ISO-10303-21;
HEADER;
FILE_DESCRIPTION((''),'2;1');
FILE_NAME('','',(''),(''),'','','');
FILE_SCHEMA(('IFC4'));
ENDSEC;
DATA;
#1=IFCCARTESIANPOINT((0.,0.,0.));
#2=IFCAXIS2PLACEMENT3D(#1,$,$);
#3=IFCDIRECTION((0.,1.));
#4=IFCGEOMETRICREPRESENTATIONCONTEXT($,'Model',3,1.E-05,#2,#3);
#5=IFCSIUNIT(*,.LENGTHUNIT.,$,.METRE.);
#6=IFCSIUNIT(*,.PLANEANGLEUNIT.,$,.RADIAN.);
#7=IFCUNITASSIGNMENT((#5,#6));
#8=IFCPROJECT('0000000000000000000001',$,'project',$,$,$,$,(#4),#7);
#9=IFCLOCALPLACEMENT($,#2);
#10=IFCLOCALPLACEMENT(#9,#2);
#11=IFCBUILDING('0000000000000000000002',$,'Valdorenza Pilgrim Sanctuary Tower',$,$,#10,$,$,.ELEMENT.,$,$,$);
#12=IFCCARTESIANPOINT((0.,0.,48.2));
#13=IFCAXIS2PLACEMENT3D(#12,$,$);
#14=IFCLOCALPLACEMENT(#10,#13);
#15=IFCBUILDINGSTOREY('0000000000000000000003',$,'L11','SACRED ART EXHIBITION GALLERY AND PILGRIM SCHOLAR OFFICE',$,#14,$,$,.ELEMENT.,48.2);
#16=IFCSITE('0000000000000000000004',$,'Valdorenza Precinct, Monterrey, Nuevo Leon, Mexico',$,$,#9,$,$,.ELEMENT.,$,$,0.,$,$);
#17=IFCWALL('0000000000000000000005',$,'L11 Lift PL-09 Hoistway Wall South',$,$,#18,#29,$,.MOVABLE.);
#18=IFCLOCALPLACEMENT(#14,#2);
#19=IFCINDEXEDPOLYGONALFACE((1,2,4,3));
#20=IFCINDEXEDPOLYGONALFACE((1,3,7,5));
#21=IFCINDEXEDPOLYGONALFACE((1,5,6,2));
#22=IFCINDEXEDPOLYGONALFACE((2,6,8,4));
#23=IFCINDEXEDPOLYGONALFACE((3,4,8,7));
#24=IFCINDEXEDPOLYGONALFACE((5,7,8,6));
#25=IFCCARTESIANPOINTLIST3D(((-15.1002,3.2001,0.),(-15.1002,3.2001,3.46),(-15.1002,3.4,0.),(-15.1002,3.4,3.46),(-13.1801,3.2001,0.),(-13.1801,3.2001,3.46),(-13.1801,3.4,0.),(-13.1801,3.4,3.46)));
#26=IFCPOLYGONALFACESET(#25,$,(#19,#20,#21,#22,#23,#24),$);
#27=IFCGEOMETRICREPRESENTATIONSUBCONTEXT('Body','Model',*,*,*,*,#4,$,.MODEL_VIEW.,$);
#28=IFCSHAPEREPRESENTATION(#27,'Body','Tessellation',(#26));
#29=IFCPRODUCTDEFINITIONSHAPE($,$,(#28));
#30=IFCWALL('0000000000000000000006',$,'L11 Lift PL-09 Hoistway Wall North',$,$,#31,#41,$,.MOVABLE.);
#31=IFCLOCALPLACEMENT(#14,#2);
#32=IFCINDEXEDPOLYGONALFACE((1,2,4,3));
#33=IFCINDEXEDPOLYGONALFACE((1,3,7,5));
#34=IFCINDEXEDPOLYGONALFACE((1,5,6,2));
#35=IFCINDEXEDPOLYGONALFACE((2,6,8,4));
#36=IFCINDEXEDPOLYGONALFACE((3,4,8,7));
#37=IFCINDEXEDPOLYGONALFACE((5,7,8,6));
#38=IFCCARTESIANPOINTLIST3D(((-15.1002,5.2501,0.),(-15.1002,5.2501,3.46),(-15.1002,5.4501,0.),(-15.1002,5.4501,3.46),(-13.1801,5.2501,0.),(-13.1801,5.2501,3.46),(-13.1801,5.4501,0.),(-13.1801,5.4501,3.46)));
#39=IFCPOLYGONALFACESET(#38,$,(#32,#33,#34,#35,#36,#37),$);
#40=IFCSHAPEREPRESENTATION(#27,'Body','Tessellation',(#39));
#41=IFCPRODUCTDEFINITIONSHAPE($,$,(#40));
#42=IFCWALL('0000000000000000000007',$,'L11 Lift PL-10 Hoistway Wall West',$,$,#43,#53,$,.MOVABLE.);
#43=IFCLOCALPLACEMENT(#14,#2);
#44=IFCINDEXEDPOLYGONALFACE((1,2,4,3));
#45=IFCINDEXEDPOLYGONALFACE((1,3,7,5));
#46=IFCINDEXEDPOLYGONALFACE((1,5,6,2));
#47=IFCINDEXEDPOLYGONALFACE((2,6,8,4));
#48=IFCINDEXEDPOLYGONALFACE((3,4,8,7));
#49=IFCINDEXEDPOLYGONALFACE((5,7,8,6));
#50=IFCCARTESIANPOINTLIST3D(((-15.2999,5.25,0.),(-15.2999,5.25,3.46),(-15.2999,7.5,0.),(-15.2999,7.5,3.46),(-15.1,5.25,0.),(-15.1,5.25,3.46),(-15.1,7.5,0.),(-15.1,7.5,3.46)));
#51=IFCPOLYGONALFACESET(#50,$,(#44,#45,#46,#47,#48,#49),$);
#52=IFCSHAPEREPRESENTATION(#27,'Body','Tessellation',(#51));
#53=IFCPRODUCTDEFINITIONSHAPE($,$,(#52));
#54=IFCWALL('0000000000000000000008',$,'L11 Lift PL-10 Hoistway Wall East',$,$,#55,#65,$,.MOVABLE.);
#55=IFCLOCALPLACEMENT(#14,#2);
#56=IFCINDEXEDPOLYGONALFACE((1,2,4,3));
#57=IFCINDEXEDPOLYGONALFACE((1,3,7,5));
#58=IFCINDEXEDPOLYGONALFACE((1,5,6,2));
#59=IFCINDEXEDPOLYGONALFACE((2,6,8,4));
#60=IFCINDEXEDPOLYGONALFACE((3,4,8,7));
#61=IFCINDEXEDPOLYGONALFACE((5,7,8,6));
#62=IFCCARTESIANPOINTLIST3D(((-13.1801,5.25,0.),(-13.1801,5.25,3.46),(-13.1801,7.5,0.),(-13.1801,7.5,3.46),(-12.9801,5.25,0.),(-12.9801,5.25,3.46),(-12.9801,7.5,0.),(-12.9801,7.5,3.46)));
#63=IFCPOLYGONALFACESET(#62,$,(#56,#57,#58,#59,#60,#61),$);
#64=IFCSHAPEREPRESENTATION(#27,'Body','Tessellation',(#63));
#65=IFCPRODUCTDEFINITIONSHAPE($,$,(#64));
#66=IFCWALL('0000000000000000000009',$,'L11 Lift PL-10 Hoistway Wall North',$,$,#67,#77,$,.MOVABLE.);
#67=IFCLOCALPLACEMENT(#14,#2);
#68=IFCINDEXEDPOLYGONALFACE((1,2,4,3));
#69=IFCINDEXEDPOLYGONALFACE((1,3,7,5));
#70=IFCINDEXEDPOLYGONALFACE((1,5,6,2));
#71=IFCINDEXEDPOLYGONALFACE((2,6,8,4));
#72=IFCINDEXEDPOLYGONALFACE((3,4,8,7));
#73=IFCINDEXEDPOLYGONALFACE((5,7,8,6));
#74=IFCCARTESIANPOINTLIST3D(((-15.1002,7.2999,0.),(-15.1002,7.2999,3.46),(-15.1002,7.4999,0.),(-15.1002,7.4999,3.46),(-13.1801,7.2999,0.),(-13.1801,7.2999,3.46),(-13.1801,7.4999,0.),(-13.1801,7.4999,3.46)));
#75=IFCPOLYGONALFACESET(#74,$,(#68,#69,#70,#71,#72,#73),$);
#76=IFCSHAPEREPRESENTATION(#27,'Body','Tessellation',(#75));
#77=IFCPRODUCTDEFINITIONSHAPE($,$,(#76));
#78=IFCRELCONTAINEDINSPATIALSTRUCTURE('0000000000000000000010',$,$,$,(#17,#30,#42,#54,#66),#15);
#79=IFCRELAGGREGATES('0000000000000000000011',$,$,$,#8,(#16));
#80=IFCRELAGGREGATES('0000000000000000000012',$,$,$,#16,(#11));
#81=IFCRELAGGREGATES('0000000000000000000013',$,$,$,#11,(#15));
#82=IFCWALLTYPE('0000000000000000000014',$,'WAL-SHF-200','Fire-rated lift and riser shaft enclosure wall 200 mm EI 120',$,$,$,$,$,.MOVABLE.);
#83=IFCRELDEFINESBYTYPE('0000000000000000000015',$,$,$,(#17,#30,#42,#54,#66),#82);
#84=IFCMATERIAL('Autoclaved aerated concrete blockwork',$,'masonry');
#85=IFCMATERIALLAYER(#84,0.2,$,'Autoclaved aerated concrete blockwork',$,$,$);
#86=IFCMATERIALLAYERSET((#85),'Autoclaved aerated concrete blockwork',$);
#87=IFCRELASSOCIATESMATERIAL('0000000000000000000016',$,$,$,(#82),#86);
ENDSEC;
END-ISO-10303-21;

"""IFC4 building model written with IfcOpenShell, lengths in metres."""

from ifc_helpers import new_model, si_unit, direction, frame, frame_2d, origin, place, context, subcontext, project, spatial, rectangle, extrude, material, layer, layer_set, type_object, element, save


model = new_model("IFC4")

# Units and contexts
model_context = context("Model", 3, precision=1e-05, world=origin(), true_north=direction((0.0, 1.0)))
body_context = subcontext(model_context, "Body", "Model", "MODEL_VIEW")
ifc_project = project(units=[si_unit("LENGTHUNIT", "METRE"), si_unit("PLANEANGLEUNIT", "RADIAN")], contexts=[model_context])

# Site, building, storey
site_placement = place(None, origin())
site = spatial("IfcSite", under=ifc_project, at=site_placement, Name="Valdorenza Precinct, Monterrey, Nuevo Leon, Mexico", CompositionType="ELEMENT", RefElevation=0.0)
building_placement = place(site_placement, origin())
building = spatial("IfcBuilding", under=site, at=building_placement, Name="Valdorenza Pilgrim Sanctuary Tower", CompositionType="ELEMENT")
storey_placement = place(building_placement, frame((0.0, 0.0, 48.2)))
storey = spatial("IfcBuildingStorey", under=building, at=storey_placement, Name="L11", Description="SACRED ART EXHIBITION GALLERY AND PILGRIM SCHOLAR OFFICE", CompositionType="ELEMENT", Elevation=48.2)

# Shared definitions
ifc_material_1 = material(Name="Autoclaved aerated concrete blockwork", Category="masonry")
ifc_layer_1 = layer(ifc_material_1, 0.2, Name="Autoclaved aerated concrete blockwork")
ifc_layer_set_1 = layer_set([ifc_layer_1], Name="Autoclaved aerated concrete blockwork")
wall_type_1 = type_object("IfcWallType", Name="WAL-SHF-200", Description="Fire-rated lift and riser shaft enclosure wall 200 mm EI 120", PredefinedType="MOVABLE", material=ifc_layer_set_1)

# Walls
for number, where, z_axis, x_axis, name in (
    (1, (-15.1001, 3.3, 0.0), (0.0, 0.0, 1.0), (1.0, 0.0, 0.0), "L11 Lift PL-09 Hoistway Wall South"),
    (2, (-15.1001, 5.3501, 0.0), (0.0, 0.0, 1.0), (1.0, 0.0, 0.0), "L11 Lift PL-09 Hoistway Wall North"),
):
    element("IfcWall", number, at=place(storey_placement, frame(where, z_axis=z_axis, x_axis=x_axis)), inside=storey, type_object=wall_type_1, Name=name, PredefinedType="MOVABLE", context=body_context, shape_type="SweptSolid", body=[
        extrude(rectangle(XDim=1.9202, YDim=0.2, at=frame_2d((0.96, 0.0))), origin(), (0.0, 0.0, 1.0), 3.46),
    ])
for number, where, z_axis, x_axis, name in (
    (3, (-15.2, 5.25, 0.0), (0.0, 0.0, 1.0), (0.0, 1.0, 0.0), "L11 Lift PL-10 Hoistway Wall West"),
    (4, (-13.0801, 5.25, 0.0), (0.0, 0.0, 1.0), (0.0, 1.0, 0.0), "L11 Lift PL-10 Hoistway Wall East"),
):
    element("IfcWall", number, at=place(storey_placement, frame(where, z_axis=z_axis, x_axis=x_axis)), inside=storey, type_object=wall_type_1, Name=name, PredefinedType="MOVABLE", context=body_context, shape_type="SweptSolid", body=[
        extrude(rectangle(XDim=2.25, YDim=0.2, at=frame_2d((1.125, 0.0))), origin(), (0.0, 0.0, 1.0), 3.46),
    ])
wall_1_placement = place(storey_placement, frame((-15.1001, 7.3999, 0.0), z_axis=(0.0, 0.0, 1.0), x_axis=(1.0, 0.0, 0.0)))
element("IfcWall", 5, at=wall_1_placement, inside=storey, type_object=wall_type_1, Name="L11 Lift PL-10 Hoistway Wall North", PredefinedType="MOVABLE", context=body_context, shape_type="SweptSolid", body=[
    extrude(rectangle(XDim=1.9202, YDim=0.2, at=frame_2d((0.96, 0.0))), origin(), (0.0, 0.0, 1.0), 3.46),
])

save(model, "model.ifc")
